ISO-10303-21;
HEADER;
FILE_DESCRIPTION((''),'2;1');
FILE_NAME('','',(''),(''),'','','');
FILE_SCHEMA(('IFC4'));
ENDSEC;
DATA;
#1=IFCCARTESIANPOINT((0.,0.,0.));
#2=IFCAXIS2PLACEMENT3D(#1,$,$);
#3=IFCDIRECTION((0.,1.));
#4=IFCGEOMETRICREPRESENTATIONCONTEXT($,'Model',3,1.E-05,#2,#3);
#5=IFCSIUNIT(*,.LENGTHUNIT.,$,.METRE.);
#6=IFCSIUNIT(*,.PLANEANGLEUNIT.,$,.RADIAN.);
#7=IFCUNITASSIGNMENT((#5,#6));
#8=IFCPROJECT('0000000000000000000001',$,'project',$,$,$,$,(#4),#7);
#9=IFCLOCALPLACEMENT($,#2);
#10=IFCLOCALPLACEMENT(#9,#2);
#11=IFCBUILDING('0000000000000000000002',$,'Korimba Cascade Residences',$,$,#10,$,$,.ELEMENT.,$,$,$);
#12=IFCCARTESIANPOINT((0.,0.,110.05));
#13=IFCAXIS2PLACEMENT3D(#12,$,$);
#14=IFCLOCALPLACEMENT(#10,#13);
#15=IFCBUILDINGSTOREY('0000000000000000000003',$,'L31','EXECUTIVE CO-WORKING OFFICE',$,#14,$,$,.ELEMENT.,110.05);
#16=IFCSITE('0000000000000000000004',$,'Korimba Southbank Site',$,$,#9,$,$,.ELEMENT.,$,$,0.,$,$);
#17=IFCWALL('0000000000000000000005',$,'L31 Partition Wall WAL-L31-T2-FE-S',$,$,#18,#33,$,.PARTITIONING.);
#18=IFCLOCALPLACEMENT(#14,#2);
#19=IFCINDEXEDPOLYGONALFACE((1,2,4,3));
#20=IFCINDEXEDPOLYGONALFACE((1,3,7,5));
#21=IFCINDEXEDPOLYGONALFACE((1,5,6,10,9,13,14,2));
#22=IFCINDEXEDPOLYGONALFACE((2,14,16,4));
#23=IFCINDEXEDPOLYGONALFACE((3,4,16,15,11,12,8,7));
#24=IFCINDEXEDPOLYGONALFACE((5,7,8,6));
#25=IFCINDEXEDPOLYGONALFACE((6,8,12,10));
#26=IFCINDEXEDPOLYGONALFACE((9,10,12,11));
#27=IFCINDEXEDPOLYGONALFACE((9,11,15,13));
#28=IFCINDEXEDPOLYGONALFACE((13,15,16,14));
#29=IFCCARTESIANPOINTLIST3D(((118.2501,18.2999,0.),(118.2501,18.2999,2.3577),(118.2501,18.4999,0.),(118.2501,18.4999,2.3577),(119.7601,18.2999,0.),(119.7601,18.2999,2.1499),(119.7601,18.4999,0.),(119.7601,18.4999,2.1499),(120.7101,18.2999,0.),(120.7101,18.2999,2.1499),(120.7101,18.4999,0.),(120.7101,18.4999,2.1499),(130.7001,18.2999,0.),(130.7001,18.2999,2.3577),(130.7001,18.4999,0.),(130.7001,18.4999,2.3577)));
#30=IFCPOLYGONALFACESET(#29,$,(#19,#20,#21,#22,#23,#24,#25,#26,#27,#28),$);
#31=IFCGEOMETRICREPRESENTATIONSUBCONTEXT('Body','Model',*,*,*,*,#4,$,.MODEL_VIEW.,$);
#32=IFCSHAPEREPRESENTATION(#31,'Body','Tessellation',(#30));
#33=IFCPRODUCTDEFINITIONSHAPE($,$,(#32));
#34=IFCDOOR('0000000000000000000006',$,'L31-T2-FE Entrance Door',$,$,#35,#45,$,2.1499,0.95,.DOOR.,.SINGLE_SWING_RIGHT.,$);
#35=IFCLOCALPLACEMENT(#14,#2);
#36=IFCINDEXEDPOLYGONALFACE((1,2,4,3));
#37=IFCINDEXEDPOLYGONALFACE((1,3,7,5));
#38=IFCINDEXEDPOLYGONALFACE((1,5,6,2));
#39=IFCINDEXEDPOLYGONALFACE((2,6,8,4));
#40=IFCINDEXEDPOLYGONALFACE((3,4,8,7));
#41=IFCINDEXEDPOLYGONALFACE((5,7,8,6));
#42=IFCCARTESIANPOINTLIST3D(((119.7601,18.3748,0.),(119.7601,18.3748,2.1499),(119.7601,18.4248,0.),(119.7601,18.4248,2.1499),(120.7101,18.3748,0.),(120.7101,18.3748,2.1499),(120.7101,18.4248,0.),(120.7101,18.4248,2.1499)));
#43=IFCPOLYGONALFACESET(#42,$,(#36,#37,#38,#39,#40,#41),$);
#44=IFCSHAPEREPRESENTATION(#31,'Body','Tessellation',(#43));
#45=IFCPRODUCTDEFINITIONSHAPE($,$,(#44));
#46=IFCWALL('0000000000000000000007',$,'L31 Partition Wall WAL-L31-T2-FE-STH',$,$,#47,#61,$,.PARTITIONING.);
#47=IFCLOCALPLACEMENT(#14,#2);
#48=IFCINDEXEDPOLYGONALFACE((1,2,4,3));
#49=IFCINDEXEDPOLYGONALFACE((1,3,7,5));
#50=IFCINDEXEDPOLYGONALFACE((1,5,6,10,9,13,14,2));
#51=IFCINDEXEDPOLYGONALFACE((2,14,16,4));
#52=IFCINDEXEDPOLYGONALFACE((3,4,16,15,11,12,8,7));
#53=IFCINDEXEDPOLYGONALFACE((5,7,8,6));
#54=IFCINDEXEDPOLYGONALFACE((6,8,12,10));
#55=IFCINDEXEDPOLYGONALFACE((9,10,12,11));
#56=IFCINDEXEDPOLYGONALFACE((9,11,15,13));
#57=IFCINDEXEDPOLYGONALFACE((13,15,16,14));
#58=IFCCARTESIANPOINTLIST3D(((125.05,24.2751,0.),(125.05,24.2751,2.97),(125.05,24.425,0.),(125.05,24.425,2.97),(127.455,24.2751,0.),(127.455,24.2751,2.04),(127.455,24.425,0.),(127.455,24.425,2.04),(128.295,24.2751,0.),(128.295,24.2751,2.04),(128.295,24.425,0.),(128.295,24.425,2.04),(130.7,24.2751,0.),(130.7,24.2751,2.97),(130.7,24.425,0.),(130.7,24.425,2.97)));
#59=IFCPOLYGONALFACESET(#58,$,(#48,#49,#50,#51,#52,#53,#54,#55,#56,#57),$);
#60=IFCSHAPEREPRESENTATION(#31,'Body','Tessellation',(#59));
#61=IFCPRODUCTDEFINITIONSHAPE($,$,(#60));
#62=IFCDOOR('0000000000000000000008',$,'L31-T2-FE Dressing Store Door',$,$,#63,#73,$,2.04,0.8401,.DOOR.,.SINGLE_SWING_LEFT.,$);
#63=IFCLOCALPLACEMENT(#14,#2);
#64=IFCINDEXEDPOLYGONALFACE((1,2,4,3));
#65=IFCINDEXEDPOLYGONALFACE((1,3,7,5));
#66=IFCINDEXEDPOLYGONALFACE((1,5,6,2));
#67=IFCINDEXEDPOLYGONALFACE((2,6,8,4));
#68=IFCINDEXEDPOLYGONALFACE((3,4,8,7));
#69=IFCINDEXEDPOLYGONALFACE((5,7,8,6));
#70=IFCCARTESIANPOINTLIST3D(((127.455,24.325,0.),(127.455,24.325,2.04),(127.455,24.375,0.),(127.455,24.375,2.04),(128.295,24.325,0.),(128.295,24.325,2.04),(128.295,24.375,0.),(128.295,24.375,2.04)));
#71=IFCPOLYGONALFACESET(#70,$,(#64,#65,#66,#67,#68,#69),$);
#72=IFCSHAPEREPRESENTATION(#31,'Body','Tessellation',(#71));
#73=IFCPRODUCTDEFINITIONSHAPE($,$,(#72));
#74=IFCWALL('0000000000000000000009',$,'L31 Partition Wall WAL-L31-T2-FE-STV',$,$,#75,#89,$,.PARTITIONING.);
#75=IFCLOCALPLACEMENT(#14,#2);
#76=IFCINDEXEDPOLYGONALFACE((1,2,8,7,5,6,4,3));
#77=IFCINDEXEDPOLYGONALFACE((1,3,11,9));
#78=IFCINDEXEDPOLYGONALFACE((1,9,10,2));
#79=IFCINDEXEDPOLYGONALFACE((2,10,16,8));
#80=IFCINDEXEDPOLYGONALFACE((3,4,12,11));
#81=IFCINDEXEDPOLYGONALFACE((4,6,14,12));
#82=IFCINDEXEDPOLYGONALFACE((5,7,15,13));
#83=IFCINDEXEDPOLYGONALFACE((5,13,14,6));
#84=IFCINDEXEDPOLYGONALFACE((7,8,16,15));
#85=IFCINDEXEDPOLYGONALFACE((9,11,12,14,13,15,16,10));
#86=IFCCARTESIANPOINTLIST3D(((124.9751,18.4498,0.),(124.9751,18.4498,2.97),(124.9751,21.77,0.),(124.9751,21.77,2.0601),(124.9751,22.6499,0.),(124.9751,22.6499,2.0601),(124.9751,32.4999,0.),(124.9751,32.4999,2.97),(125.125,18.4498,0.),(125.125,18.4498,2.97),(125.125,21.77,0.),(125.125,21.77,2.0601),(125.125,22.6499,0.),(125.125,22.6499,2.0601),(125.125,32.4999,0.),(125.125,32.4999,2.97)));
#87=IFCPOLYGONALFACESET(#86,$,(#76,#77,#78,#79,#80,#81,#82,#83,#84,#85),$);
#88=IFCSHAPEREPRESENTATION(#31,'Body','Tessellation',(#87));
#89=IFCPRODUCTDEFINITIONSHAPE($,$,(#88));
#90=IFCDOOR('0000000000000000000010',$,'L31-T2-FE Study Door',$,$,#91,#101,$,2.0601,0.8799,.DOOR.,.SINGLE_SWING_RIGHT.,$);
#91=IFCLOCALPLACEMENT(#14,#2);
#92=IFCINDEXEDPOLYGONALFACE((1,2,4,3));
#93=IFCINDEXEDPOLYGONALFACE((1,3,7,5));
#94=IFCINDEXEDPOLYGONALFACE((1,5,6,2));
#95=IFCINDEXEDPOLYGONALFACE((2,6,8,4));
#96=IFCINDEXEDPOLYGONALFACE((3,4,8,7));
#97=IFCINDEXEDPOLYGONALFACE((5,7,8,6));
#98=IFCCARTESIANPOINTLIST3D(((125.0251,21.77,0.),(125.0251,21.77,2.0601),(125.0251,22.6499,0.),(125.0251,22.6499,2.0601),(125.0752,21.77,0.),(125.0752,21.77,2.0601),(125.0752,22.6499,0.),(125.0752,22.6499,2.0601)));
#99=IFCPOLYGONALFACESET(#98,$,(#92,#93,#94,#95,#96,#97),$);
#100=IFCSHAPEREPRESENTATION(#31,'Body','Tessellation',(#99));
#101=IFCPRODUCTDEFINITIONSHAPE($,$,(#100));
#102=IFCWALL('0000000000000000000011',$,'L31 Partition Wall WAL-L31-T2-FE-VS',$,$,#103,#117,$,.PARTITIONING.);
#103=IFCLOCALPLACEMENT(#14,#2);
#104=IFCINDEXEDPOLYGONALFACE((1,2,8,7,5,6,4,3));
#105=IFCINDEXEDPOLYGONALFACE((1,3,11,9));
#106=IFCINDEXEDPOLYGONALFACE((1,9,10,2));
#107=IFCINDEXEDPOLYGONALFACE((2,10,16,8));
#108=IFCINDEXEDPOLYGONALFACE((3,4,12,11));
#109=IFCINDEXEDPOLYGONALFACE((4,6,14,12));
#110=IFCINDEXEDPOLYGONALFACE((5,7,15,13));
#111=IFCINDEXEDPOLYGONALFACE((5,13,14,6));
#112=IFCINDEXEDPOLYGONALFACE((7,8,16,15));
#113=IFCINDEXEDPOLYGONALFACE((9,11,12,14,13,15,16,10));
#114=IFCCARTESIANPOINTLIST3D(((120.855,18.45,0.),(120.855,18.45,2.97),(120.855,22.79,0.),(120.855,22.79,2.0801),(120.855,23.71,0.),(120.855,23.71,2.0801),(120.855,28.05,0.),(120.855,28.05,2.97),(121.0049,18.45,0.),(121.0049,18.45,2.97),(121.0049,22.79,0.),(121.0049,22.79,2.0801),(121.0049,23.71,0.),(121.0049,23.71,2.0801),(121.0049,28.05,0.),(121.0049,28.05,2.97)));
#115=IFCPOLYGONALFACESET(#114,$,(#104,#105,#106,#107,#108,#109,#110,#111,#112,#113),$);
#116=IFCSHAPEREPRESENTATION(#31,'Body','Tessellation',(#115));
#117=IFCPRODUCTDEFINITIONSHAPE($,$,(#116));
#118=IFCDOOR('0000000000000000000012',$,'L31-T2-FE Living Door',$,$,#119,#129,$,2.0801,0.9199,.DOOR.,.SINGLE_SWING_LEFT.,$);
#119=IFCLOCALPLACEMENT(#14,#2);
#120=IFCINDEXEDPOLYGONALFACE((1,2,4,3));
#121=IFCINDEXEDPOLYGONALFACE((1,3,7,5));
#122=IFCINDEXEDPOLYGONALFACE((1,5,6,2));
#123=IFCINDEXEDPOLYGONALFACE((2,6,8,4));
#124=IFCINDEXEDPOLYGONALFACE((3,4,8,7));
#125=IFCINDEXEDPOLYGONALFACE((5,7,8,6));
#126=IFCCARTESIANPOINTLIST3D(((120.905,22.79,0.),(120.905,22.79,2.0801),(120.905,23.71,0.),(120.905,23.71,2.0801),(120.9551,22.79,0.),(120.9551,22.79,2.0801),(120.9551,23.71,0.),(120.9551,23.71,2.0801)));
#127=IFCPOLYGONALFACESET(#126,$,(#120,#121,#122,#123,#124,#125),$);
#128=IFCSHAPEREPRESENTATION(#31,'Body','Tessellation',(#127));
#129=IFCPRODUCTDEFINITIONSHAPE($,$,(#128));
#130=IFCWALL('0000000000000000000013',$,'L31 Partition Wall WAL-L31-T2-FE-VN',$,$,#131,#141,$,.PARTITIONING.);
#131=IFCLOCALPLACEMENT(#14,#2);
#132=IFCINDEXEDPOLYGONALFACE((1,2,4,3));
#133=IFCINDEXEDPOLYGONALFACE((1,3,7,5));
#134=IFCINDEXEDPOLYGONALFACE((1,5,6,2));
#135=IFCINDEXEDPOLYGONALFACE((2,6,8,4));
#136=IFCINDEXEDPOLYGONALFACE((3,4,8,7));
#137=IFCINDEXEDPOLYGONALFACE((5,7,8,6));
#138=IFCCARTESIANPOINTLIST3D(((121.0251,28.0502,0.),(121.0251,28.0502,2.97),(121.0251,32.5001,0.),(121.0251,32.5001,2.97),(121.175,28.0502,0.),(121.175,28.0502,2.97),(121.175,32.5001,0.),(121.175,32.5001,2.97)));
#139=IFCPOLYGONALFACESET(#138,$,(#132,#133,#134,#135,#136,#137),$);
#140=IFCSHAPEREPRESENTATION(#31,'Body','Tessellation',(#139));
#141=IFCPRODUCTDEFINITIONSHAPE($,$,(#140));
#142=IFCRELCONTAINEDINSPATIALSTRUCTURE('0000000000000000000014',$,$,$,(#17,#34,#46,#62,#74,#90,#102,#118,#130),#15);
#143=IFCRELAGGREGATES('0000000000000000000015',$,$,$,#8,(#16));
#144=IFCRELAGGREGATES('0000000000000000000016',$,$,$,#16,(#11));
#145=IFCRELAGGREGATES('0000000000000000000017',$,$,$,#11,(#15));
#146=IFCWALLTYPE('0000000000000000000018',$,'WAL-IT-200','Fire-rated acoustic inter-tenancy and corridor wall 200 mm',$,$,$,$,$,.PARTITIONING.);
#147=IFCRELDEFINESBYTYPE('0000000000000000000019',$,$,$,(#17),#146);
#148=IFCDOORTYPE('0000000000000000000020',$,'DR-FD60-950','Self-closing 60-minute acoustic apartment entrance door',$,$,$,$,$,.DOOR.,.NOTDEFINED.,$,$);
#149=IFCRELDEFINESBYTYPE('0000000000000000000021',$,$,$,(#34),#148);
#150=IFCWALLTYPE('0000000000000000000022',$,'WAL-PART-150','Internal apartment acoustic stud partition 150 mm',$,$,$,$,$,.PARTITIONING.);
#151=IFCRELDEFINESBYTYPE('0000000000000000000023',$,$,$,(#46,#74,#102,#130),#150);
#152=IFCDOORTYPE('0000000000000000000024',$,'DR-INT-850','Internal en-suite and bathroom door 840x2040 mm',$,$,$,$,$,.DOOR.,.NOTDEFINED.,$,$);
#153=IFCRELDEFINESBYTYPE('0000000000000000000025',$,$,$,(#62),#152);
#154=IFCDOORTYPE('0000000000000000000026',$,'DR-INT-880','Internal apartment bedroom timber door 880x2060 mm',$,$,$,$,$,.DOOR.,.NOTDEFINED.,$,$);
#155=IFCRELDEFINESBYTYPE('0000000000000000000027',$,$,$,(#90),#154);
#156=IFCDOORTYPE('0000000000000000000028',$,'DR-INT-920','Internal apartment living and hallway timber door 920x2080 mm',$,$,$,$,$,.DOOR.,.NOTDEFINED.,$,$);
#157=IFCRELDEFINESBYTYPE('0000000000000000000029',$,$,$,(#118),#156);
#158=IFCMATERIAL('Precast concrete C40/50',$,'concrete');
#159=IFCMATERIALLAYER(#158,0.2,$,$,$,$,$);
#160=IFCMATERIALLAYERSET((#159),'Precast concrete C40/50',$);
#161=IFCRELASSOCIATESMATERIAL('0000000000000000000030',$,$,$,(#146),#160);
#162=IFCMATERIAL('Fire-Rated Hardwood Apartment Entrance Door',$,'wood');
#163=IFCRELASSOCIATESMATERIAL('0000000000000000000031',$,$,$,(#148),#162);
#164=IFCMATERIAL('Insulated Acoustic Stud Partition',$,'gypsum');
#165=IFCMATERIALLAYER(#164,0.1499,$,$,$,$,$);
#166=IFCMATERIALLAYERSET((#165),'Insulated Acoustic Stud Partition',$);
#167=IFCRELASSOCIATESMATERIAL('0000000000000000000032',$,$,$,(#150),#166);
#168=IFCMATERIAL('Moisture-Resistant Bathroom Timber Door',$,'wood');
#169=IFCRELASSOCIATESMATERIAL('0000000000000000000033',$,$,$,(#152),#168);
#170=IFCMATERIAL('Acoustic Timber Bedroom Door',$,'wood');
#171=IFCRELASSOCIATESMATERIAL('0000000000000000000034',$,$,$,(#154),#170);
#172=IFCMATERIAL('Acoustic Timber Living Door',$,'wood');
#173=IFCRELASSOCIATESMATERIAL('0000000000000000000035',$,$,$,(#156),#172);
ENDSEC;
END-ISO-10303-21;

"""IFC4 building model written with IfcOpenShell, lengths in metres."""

from ifc_helpers import new_model, si_unit, direction, frame, frame_2d, origin, place, context, subcontext, project, spatial, rectangle, extrude, material, layer, layer_set, type_object, element, fill, save


model = new_model("IFC4")

# Units and contexts
model_context = context("Model", 3, precision=1e-05, world=origin(), true_north=direction((0.0, 1.0)))
body_context = subcontext(model_context, "Body", "Model", "MODEL_VIEW")
ifc_project = project(units=[si_unit("LENGTHUNIT", "METRE"), si_unit("PLANEANGLEUNIT", "RADIAN")], contexts=[model_context])

# Site, building, storey
site_placement = place(None, origin())
site = spatial("IfcSite", under=ifc_project, at=site_placement, Name="Korimba Southbank Site", CompositionType="ELEMENT", RefElevation=0.0)
building_placement = place(site_placement, origin())
building = spatial("IfcBuilding", under=site, at=building_placement, Name="Korimba Cascade Residences", CompositionType="ELEMENT")
storey_placement = place(building_placement, frame((0.0, 0.0, 110.05)))
storey = spatial("IfcBuildingStorey", under=building, at=storey_placement, Name="L31", Description="EXECUTIVE CO-WORKING OFFICE", CompositionType="ELEMENT", Elevation=110.05)

# Shared definitions
ifc_material_1 = material(Name="Precast concrete C40/50", Category="concrete")
ifc_layer_1 = layer(ifc_material_1, 0.2)
ifc_layer_set_1 = layer_set([ifc_layer_1], Name="Precast concrete C40/50")
wall_type_1 = type_object("IfcWallType", Name="WAL-IT-200", Description="Fire-rated acoustic inter-tenancy and corridor wall 200 mm", PredefinedType="PARTITIONING", material=ifc_layer_set_1)

# Walls, openings, doors
wall_1_placement = place(storey_placement, frame((118.25, 18.3999, 0.0), z_axis=(0.0, 0.0, 1.0), x_axis=(1.0, 0.0, 0.0)))
wall_1 = element("IfcWall", 1, at=wall_1_placement, inside=storey, type_object=wall_type_1, Name="L31 Partition Wall WAL-L31-T2-FE-S", PredefinedType="PARTITIONING", context=body_context, shape_type="SweptSolid", body=[
    extrude(rectangle(XDim=12.45, YDim=0.2, at=frame_2d((6.2251, 0.0))), origin(), (0.0, 0.0, 1.0), 2.3577),
])
opening_1_placement = place(wall_1_placement, frame((1.51, 0.0, 0.0)))
opening_1 = element("IfcOpeningElement", 2, at=opening_1_placement, cuts=wall_1, PredefinedType="OPENING", context=body_context, shape_type="SweptSolid", body=[
    extrude(rectangle(XDim=0.95, YDim=2.1499, at=frame_2d((0.4751, 1.075))), frame((0.0, 0.1099, 0.0), z_axis=(0.0, -1.0, 0.0), x_axis=(1.0, 0.0, 0.0)), (0.0, 0.0, 1.0), 0.22),
])
ifc_material_2 = material(Name="Fire-Rated Hardwood Apartment Entrance Door", Category="wood")
door_type_1 = type_object("IfcDoorType", Name="DR-FD60-950", Description="Self-closing 60-minute acoustic apartment entrance door", OperationType="NOTDEFINED", PredefinedType="DOOR", material=ifc_material_2)
door_1_placement = place(opening_1_placement, origin())
door_1 = element("IfcDoor", 3, at=door_1_placement, inside=storey, type_object=door_type_1, Name="L31-T2-FE Entrance Door", OperationType="SINGLE_SWING_RIGHT", OverallHeight=2.1499, OverallWidth=0.95, PredefinedType="DOOR", context=body_context, shape_type="SweptSolid", body=[
    extrude(rectangle(XDim=0.95, YDim=2.1499, at=frame_2d((0.4751, 1.075))), frame((0.0, 0.0249, 0.0), z_axis=(0.0, -1.0, 0.0), x_axis=(1.0, 0.0, 0.0)), (0.0, 0.0, 1.0), 0.05),
])
fill(opening_1, door_1)
ifc_material_3 = material(Name="Insulated Acoustic Stud Partition", Category="gypsum")
ifc_layer_2 = layer(ifc_material_3, 0.1499)
ifc_layer_set_2 = layer_set([ifc_layer_2], Name="Insulated Acoustic Stud Partition")
wall_type_2 = type_object("IfcWallType", Name="WAL-PART-150", Description="Internal apartment acoustic stud partition 150 mm", PredefinedType="PARTITIONING", material=ifc_layer_set_2)
wall_2_placement = place(storey_placement, frame((125.05, 24.3501, 0.0), z_axis=(0.0, 0.0, 1.0), x_axis=(1.0, 0.0, 0.0)))
wall_2 = element("IfcWall", 4, at=wall_2_placement, inside=storey, type_object=wall_type_2, Name="L31 Partition Wall WAL-L31-T2-FE-STH", PredefinedType="PARTITIONING", context=body_context, shape_type="SweptSolid", body=[
    extrude(rectangle(XDim=5.6499, YDim=0.1499, at=frame_2d((2.825, 0.0))), origin(), (0.0, 0.0, 1.0), 2.97),
])
opening_2_placement = place(wall_2_placement, frame((2.405, 0.0, 0.0)))
opening_2 = element("IfcOpeningElement", 5, at=opening_2_placement, cuts=wall_2, PredefinedType="OPENING", context=body_context, shape_type="SweptSolid", body=[
    extrude(rectangle(XDim=0.8401, YDim=2.04, at=frame_2d((0.4199, 1.02))), frame((0.0, 0.085, 0.0), z_axis=(0.0, -1.0, 0.0), x_axis=(1.0, 0.0, 0.0)), (0.0, 0.0, 1.0), 0.1699),
])
ifc_material_4 = material(Name="Moisture-Resistant Bathroom Timber Door", Category="wood")
door_type_2 = type_object("IfcDoorType", Name="DR-INT-850", Description="Internal en-suite and bathroom door 840x2040 mm", OperationType="NOTDEFINED", PredefinedType="DOOR", material=ifc_material_4)
door_2_placement = place(opening_2_placement, origin())
door_2 = element("IfcDoor", 6, at=door_2_placement, inside=storey, type_object=door_type_2, Name="L31-T2-FE Dressing Store Door", OperationType="SINGLE_SWING_LEFT", OverallHeight=2.04, OverallWidth=0.8401, PredefinedType="DOOR", context=body_context, shape_type="SweptSolid", body=[
    extrude(rectangle(XDim=0.8401, YDim=2.04, at=frame_2d((0.4199, 1.02))), frame((0.0, 0.0249, 0.0), z_axis=(0.0, -1.0, 0.0), x_axis=(1.0, 0.0, 0.0)), (0.0, 0.0, 1.0), 0.05),
])
fill(opening_2, door_2)
wall_3_placement = place(storey_placement, frame((125.05, 18.45, 0.0), z_axis=(0.0, 0.0, 1.0), x_axis=(0.0, 1.0, 0.0)))
wall_3 = element("IfcWall", 7, at=wall_3_placement, inside=storey, type_object=wall_type_2, Name="L31 Partition Wall WAL-L31-T2-FE-STV", PredefinedType="PARTITIONING", context=body_context, shape_type="SweptSolid", body=[
    extrude(rectangle(XDim=14.05, YDim=0.1499, at=frame_2d((7.0249, 0.0))), origin(), (0.0, 0.0, 1.0), 2.97),
])
opening_3_placement = place(wall_3_placement, frame((3.3201, 0.0, 0.0)))
opening_3 = element("IfcOpeningElement", 8, at=opening_3_placement, cuts=wall_3, PredefinedType="OPENING", context=body_context, shape_type="SweptSolid", body=[
    extrude(rectangle(XDim=0.8799, YDim=2.0601, at=frame_2d((0.4399, 1.03))), frame((0.0, 0.085, 0.0), z_axis=(0.0, -1.0, 0.0), x_axis=(1.0, 0.0, 0.0)), (0.0, 0.0, 1.0), 0.1699),
])
ifc_material_5 = material(Name="Acoustic Timber Bedroom Door", Category="wood")
door_type_3 = type_object("IfcDoorType", Name="DR-INT-880", Description="Internal apartment bedroom timber door 880x2060 mm", OperationType="NOTDEFINED", PredefinedType="DOOR", material=ifc_material_5)
door_3_placement = place(opening_3_placement, origin())
door_3 = element("IfcDoor", 9, at=door_3_placement, inside=storey, type_object=door_type_3, Name="L31-T2-FE Study Door", OperationType="SINGLE_SWING_RIGHT", OverallHeight=2.0601, OverallWidth=0.8799, PredefinedType="DOOR", context=body_context, shape_type="SweptSolid", body=[
    extrude(rectangle(XDim=0.8799, YDim=2.0601, at=frame_2d((0.4399, 1.03))), frame((0.0, 0.0249, 0.0), z_axis=(0.0, -1.0, 0.0), x_axis=(1.0, 0.0, 0.0)), (0.0, 0.0, 1.0), 0.05),
])
fill(opening_3, door_3)
wall_4_placement = place(storey_placement, frame((120.9299, 18.45, 0.0), z_axis=(0.0, 0.0, 1.0), x_axis=(0.0, 1.0, 0.0)))
wall_4 = element("IfcWall", 10, at=wall_4_placement, inside=storey, type_object=wall_type_2, Name="L31 Partition Wall WAL-L31-T2-FE-VS", PredefinedType="PARTITIONING", context=body_context, shape_type="SweptSolid", body=[
    extrude(rectangle(XDim=9.6001, YDim=0.1499, at=frame_2d((4.8, 0.0))), origin(), (0.0, 0.0, 1.0), 2.97),
])
opening_4_placement = place(wall_4_placement, frame((4.3401, 0.0, 0.0)))
opening_4 = element("IfcOpeningElement", 11, at=opening_4_placement, cuts=wall_4, PredefinedType="OPENING", context=body_context, shape_type="SweptSolid", body=[
    extrude(rectangle(XDim=0.9199, YDim=2.0801, at=frame_2d((0.46, 1.04))), frame((0.0, 0.085, 0.0), z_axis=(0.0, -1.0, 0.0), x_axis=(1.0, 0.0, 0.0)), (0.0, 0.0, 1.0), 0.1699),
])
ifc_material_6 = material(Name="Acoustic Timber Living Door", Category="wood")
door_type_4 = type_object("IfcDoorType", Name="DR-INT-920", Description="Internal apartment living and hallway timber door 920x2080 mm", OperationType="NOTDEFINED", PredefinedType="DOOR", material=ifc_material_6)
door_4_placement = place(opening_4_placement, origin())
door_4 = element("IfcDoor", 12, at=door_4_placement, inside=storey, type_object=door_type_4, Name="L31-T2-FE Living Door", OperationType="SINGLE_SWING_LEFT", OverallHeight=2.0801, OverallWidth=0.9199, PredefinedType="DOOR", context=body_context, shape_type="SweptSolid", body=[
    extrude(rectangle(XDim=0.9199, YDim=2.0801, at=frame_2d((0.46, 1.04))), frame((0.0, 0.0249, 0.0), z_axis=(0.0, -1.0, 0.0), x_axis=(1.0, 0.0, 0.0)), (0.0, 0.0, 1.0), 0.05),
])
fill(opening_4, door_4)

# Wall
wall_5_placement = place(storey_placement, frame((121.1001, 28.05, 0.0), z_axis=(0.0, 0.0, 1.0), x_axis=(0.0, 1.0, 0.0)))
element("IfcWall", 13, at=wall_5_placement, inside=storey, type_object=wall_type_2, Name="L31 Partition Wall WAL-L31-T2-FE-VN", PredefinedType="PARTITIONING", context=body_context, shape_type="SweptSolid", body=[
    extrude(rectangle(XDim=4.45, YDim=0.1499, at=frame_2d((2.2251, 0.0))), origin(), (0.0, 0.0, 1.0), 2.97),
])

save(model, "model.ifc")
